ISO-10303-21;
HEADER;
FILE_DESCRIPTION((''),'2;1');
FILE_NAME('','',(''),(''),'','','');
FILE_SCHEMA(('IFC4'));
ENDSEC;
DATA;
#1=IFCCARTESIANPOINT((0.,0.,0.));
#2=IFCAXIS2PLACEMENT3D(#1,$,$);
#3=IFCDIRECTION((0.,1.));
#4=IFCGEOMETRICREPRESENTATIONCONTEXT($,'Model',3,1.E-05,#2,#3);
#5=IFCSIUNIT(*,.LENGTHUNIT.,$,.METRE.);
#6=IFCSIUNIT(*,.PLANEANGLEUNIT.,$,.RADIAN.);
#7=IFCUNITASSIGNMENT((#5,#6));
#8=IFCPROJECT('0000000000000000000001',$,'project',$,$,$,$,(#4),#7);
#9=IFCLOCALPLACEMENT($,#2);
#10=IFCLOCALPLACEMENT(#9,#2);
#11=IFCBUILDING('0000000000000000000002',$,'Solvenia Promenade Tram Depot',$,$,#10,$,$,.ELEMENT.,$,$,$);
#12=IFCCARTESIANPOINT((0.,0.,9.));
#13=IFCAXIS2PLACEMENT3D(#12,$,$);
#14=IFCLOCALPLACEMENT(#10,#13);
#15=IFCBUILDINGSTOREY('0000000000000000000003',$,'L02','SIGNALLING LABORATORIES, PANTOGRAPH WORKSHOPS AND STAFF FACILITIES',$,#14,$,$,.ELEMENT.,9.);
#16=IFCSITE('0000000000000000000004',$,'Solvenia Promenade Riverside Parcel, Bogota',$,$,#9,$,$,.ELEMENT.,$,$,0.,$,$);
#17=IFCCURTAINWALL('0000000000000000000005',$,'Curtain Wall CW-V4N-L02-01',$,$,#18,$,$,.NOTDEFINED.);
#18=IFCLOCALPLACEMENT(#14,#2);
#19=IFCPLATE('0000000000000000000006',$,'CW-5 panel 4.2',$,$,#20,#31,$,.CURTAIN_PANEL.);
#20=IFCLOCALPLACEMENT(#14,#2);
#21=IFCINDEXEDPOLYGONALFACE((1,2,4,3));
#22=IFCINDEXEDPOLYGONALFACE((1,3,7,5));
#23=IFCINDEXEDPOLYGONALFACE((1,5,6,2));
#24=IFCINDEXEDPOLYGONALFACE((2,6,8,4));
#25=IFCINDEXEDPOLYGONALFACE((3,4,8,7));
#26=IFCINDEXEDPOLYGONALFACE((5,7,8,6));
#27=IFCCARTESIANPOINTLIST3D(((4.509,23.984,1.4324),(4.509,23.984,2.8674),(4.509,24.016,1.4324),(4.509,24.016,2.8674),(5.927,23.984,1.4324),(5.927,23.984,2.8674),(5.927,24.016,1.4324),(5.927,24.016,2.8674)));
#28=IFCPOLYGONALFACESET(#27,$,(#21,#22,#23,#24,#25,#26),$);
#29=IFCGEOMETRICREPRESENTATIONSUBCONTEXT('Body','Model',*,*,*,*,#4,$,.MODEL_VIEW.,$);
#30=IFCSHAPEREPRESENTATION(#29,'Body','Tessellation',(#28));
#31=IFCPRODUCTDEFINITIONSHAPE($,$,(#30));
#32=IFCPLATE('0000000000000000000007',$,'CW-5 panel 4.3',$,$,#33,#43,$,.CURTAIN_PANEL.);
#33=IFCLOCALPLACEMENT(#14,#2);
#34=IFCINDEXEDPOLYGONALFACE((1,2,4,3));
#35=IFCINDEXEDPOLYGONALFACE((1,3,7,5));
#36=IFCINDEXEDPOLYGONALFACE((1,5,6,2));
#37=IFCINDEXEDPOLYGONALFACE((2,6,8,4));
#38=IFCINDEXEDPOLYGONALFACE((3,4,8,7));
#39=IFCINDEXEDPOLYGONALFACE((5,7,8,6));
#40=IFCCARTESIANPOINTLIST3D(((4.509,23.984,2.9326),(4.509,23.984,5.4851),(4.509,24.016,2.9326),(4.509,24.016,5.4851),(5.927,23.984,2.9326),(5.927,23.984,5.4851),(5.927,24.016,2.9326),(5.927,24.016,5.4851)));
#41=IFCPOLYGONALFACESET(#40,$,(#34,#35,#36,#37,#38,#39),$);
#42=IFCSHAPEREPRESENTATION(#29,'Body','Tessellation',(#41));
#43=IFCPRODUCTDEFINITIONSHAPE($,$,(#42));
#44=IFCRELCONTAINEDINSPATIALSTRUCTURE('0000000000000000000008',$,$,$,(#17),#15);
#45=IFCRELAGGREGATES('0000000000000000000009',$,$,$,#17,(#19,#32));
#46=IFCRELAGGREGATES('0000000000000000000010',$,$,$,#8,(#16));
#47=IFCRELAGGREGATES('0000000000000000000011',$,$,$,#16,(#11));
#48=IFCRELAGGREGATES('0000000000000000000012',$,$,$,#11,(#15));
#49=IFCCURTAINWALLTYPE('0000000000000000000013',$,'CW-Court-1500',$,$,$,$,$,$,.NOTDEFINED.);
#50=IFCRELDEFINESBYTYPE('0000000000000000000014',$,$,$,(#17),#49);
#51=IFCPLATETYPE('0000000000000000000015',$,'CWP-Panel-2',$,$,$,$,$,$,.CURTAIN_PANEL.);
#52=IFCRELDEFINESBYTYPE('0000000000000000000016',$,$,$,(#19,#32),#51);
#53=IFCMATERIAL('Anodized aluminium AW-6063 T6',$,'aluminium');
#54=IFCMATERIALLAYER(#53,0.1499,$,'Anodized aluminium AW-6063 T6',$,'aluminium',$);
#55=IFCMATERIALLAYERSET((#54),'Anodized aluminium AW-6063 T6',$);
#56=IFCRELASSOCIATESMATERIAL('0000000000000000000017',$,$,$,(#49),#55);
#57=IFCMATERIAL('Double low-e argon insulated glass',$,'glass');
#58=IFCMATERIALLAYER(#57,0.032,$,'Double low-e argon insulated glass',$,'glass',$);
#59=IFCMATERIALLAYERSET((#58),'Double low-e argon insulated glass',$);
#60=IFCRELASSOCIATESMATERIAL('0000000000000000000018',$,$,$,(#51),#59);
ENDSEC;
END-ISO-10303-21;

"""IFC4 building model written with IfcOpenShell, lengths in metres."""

from ifc_helpers import new_model, si_unit, direction, frame, origin, origin_2d, place, context, subcontext, project, spatial, rectangle, extrude, material, layer, layer_set, type_object, element, aggregate, save


model = new_model("IFC4")

# Units and contexts
model_context = context("Model", 3, precision=1e-05, world=origin(), true_north=direction((0.0, 1.0)))
body_context = subcontext(model_context, "Body", "Model", "MODEL_VIEW")
ifc_project = project(units=[si_unit("LENGTHUNIT", "METRE"), si_unit("PLANEANGLEUNIT", "RADIAN")], contexts=[model_context])

# Site, building, storey
site_placement = place(None, origin())
site = spatial("IfcSite", under=ifc_project, at=site_placement, Name="Solvenia Promenade Riverside Parcel, Bogota", CompositionType="ELEMENT", RefElevation=0.0)
building_placement = place(site_placement, origin())
building = spatial("IfcBuilding", under=site, at=building_placement, Name="Solvenia Promenade Tram Depot", CompositionType="ELEMENT")
storey_placement = place(building_placement, frame((0.0, 0.0, 9.0)))
storey = spatial("IfcBuildingStorey", under=building, at=storey_placement, Name="L02", Description="SIGNALLING LABORATORIES, PANTOGRAPH WORKSHOPS AND STAFF FACILITIES", CompositionType="ELEMENT", Elevation=9.0)

# Curtain wall
ifc_material_1 = material(Name="Anodized aluminium AW-6063 T6", Category="aluminium")
ifc_layer_1 = layer(ifc_material_1, 0.1499, Name="Anodized aluminium AW-6063 T6", Category="aluminium")
ifc_layer_set_1 = layer_set([ifc_layer_1], Name="Anodized aluminium AW-6063 T6")
curtain_wall_type = type_object("IfcCurtainWallType", Name="CW-Court-1500", PredefinedType="NOTDEFINED", material=ifc_layer_set_1)
curtain_wall_placement = place(storey_placement, origin())
curtain_wall = element("IfcCurtainWall", 1, at=curtain_wall_placement, inside=storey, type_object=curtain_wall_type, Name="Curtain Wall CW-V4N-L02-01", PredefinedType="NOTDEFINED")

# Plates
ifc_material_2 = material(Name="Double low-e argon insulated glass", Category="glass")
ifc_layer_2 = layer(ifc_material_2, 0.032, Name="Double low-e argon insulated glass", Category="glass")
ifc_layer_set_2 = layer_set([ifc_layer_2], Name="Double low-e argon insulated glass")
plate_type = type_object("IfcPlateType", Name="CWP-Panel-2", PredefinedType="CURTAIN_PANEL", material=ifc_layer_set_2)
plate_1_placement = place(storey_placement, frame((5.218, 24.0, 1.4324), z_axis=(0.0, 0.0, 1.0), x_axis=(1.0, 0.0, 0.0)))
plate_1 = element("IfcPlate", 2, at=plate_1_placement, type_object=plate_type, Name="CW-5 panel 4.2", PredefinedType="CURTAIN_PANEL", context=body_context, shape_type="SweptSolid", body=[
    extrude(rectangle(XDim=1.418, YDim=0.032, at=origin_2d()), origin(), (0.0, 0.0, 1.0), 1.4351),
])
plate_2_placement = place(storey_placement, frame((5.218, 24.0, 2.9326), z_axis=(0.0, 0.0, 1.0), x_axis=(1.0, 0.0, 0.0)))
plate_2 = element("IfcPlate", 3, at=plate_2_placement, type_object=plate_type, Name="CW-5 panel 4.3", PredefinedType="CURTAIN_PANEL", context=body_context, shape_type="SweptSolid", body=[
    extrude(rectangle(XDim=1.418, YDim=0.032, at=origin_2d()), origin(), (0.0, 0.0, 1.0), 2.5525),
])
aggregate(curtain_wall, [plate_1, plate_2])

save(model, "model.ifc")
